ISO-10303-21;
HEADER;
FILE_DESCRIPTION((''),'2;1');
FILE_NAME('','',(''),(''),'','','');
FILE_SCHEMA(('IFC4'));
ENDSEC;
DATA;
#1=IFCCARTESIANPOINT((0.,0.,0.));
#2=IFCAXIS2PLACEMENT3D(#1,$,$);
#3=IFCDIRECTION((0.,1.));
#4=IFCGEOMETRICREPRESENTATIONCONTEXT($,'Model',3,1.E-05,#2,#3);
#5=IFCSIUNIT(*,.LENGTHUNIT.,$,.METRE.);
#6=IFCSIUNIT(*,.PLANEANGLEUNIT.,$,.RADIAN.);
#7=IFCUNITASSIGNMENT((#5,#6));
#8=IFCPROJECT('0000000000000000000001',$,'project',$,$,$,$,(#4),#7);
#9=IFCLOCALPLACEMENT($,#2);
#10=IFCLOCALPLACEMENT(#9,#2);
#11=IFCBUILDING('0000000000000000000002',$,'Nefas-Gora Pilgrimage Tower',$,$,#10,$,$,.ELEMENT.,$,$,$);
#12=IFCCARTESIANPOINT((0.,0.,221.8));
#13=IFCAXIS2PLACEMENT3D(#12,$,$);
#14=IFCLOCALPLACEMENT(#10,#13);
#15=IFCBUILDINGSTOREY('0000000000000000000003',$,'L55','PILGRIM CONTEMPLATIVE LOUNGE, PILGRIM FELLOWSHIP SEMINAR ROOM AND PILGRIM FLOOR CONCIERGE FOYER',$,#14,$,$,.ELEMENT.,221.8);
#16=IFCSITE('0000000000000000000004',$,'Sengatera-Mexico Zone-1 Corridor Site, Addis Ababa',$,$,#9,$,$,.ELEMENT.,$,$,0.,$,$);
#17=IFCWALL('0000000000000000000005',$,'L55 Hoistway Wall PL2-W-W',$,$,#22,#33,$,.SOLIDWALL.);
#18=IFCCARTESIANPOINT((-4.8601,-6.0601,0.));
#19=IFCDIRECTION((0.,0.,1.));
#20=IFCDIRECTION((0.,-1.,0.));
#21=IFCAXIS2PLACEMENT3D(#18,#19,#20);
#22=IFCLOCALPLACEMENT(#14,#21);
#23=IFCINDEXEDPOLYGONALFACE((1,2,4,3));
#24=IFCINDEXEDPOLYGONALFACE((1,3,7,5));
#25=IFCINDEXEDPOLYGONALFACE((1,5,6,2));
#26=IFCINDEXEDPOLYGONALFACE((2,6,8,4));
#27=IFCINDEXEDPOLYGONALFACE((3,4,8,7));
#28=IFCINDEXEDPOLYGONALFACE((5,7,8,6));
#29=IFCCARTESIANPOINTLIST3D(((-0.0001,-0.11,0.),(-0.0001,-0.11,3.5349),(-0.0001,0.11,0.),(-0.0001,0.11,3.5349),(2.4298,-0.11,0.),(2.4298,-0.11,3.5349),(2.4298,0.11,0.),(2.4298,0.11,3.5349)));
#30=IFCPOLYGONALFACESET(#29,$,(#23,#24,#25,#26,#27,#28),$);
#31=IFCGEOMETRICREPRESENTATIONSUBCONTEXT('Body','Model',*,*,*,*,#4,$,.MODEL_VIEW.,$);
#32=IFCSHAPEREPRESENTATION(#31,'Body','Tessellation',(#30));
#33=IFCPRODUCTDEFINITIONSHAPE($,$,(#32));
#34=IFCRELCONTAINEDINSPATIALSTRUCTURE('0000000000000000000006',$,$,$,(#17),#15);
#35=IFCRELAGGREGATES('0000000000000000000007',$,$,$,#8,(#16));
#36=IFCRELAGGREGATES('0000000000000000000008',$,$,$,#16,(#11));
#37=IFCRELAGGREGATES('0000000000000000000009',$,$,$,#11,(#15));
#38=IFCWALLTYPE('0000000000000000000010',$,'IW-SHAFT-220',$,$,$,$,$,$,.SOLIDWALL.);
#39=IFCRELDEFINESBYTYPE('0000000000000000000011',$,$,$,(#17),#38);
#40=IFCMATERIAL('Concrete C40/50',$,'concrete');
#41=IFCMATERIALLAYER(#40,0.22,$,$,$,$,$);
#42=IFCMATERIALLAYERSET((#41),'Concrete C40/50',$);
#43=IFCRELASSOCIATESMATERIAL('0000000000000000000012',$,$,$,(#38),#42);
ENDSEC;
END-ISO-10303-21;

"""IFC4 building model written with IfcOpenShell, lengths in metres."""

from ifc_helpers import new_model, si_unit, direction, frame, frame_2d, origin, place, context, subcontext, project, spatial, rectangle, extrude, source, transform, mapped, material, layer, layer_set, type_object, element, save


model = new_model("IFC4")

# Units and contexts
model_context = context("Model", 3, precision=1e-05, world=origin(), true_north=direction((0.0, 1.0)))
body_context = subcontext(model_context, "Body", "Model", "MODEL_VIEW")
ifc_project = project(units=[si_unit("LENGTHUNIT", "METRE"), si_unit("PLANEANGLEUNIT", "RADIAN")], contexts=[model_context])

# Site, building, storey
site_placement = place(None, origin())
site = spatial("IfcSite", under=ifc_project, at=site_placement, Name="Sengatera-Mexico Zone-1 Corridor Site, Addis Ababa", CompositionType="ELEMENT", RefElevation=0.0)
building_placement = place(site_placement, origin())
building = spatial("IfcBuilding", under=site, at=building_placement, Name="Nefas-Gora Pilgrimage Tower", CompositionType="ELEMENT")
storey_placement = place(building_placement, frame((0.0, 0.0, 221.8)))
storey = spatial("IfcBuildingStorey", under=building, at=storey_placement, Name="L55", Description="PILGRIM CONTEMPLATIVE LOUNGE, PILGRIM FELLOWSHIP SEMINAR ROOM AND PILGRIM FLOOR CONCIERGE FOYER", CompositionType="ELEMENT", Elevation=221.8)

# Shared definitions
ifc_material_1 = material(Name="Concrete C40/50", Category="concrete")
ifc_layer_1 = layer(ifc_material_1, 0.22)
ifc_layer_set_1 = layer_set([ifc_layer_1], Name="Concrete C40/50")
wall_type_1 = type_object("IfcWallType", Name="IW-SHAFT-220", PredefinedType="SOLIDWALL", material=ifc_layer_set_1)

# Wall
shared_shape_1 = source(origin(), body_context, "Body", "SweptSolid", [
    extrude(rectangle(XDim=2.4299, YDim=0.22, at=frame_2d((1.2148, 0.0))), origin(), (0.0, 0.0, 1.0), 3.5349),
])
wall_1_placement = place(storey_placement, frame((-4.8601, -6.0601, 0.0), z_axis=(0.0, 0.0, 1.0), x_axis=(0.0, -1.0, 0.0)))
element("IfcWall", 1, at=wall_1_placement, inside=storey, type_object=wall_type_1, Name="L55 Hoistway Wall PL2-W-W", PredefinedType="SOLIDWALL", context=body_context, shape_type="MappedRepresentation", body=[
    mapped(shared_shape_1, transform((0.0, 0.0, 0.0), x_axis=(1.0, 0.0, 0.0), y_axis=(0.0, 1.0, 0.0), z_axis=(0.0, 0.0, 1.0), scale=1.0)),
])

save(model, "model.ifc")
